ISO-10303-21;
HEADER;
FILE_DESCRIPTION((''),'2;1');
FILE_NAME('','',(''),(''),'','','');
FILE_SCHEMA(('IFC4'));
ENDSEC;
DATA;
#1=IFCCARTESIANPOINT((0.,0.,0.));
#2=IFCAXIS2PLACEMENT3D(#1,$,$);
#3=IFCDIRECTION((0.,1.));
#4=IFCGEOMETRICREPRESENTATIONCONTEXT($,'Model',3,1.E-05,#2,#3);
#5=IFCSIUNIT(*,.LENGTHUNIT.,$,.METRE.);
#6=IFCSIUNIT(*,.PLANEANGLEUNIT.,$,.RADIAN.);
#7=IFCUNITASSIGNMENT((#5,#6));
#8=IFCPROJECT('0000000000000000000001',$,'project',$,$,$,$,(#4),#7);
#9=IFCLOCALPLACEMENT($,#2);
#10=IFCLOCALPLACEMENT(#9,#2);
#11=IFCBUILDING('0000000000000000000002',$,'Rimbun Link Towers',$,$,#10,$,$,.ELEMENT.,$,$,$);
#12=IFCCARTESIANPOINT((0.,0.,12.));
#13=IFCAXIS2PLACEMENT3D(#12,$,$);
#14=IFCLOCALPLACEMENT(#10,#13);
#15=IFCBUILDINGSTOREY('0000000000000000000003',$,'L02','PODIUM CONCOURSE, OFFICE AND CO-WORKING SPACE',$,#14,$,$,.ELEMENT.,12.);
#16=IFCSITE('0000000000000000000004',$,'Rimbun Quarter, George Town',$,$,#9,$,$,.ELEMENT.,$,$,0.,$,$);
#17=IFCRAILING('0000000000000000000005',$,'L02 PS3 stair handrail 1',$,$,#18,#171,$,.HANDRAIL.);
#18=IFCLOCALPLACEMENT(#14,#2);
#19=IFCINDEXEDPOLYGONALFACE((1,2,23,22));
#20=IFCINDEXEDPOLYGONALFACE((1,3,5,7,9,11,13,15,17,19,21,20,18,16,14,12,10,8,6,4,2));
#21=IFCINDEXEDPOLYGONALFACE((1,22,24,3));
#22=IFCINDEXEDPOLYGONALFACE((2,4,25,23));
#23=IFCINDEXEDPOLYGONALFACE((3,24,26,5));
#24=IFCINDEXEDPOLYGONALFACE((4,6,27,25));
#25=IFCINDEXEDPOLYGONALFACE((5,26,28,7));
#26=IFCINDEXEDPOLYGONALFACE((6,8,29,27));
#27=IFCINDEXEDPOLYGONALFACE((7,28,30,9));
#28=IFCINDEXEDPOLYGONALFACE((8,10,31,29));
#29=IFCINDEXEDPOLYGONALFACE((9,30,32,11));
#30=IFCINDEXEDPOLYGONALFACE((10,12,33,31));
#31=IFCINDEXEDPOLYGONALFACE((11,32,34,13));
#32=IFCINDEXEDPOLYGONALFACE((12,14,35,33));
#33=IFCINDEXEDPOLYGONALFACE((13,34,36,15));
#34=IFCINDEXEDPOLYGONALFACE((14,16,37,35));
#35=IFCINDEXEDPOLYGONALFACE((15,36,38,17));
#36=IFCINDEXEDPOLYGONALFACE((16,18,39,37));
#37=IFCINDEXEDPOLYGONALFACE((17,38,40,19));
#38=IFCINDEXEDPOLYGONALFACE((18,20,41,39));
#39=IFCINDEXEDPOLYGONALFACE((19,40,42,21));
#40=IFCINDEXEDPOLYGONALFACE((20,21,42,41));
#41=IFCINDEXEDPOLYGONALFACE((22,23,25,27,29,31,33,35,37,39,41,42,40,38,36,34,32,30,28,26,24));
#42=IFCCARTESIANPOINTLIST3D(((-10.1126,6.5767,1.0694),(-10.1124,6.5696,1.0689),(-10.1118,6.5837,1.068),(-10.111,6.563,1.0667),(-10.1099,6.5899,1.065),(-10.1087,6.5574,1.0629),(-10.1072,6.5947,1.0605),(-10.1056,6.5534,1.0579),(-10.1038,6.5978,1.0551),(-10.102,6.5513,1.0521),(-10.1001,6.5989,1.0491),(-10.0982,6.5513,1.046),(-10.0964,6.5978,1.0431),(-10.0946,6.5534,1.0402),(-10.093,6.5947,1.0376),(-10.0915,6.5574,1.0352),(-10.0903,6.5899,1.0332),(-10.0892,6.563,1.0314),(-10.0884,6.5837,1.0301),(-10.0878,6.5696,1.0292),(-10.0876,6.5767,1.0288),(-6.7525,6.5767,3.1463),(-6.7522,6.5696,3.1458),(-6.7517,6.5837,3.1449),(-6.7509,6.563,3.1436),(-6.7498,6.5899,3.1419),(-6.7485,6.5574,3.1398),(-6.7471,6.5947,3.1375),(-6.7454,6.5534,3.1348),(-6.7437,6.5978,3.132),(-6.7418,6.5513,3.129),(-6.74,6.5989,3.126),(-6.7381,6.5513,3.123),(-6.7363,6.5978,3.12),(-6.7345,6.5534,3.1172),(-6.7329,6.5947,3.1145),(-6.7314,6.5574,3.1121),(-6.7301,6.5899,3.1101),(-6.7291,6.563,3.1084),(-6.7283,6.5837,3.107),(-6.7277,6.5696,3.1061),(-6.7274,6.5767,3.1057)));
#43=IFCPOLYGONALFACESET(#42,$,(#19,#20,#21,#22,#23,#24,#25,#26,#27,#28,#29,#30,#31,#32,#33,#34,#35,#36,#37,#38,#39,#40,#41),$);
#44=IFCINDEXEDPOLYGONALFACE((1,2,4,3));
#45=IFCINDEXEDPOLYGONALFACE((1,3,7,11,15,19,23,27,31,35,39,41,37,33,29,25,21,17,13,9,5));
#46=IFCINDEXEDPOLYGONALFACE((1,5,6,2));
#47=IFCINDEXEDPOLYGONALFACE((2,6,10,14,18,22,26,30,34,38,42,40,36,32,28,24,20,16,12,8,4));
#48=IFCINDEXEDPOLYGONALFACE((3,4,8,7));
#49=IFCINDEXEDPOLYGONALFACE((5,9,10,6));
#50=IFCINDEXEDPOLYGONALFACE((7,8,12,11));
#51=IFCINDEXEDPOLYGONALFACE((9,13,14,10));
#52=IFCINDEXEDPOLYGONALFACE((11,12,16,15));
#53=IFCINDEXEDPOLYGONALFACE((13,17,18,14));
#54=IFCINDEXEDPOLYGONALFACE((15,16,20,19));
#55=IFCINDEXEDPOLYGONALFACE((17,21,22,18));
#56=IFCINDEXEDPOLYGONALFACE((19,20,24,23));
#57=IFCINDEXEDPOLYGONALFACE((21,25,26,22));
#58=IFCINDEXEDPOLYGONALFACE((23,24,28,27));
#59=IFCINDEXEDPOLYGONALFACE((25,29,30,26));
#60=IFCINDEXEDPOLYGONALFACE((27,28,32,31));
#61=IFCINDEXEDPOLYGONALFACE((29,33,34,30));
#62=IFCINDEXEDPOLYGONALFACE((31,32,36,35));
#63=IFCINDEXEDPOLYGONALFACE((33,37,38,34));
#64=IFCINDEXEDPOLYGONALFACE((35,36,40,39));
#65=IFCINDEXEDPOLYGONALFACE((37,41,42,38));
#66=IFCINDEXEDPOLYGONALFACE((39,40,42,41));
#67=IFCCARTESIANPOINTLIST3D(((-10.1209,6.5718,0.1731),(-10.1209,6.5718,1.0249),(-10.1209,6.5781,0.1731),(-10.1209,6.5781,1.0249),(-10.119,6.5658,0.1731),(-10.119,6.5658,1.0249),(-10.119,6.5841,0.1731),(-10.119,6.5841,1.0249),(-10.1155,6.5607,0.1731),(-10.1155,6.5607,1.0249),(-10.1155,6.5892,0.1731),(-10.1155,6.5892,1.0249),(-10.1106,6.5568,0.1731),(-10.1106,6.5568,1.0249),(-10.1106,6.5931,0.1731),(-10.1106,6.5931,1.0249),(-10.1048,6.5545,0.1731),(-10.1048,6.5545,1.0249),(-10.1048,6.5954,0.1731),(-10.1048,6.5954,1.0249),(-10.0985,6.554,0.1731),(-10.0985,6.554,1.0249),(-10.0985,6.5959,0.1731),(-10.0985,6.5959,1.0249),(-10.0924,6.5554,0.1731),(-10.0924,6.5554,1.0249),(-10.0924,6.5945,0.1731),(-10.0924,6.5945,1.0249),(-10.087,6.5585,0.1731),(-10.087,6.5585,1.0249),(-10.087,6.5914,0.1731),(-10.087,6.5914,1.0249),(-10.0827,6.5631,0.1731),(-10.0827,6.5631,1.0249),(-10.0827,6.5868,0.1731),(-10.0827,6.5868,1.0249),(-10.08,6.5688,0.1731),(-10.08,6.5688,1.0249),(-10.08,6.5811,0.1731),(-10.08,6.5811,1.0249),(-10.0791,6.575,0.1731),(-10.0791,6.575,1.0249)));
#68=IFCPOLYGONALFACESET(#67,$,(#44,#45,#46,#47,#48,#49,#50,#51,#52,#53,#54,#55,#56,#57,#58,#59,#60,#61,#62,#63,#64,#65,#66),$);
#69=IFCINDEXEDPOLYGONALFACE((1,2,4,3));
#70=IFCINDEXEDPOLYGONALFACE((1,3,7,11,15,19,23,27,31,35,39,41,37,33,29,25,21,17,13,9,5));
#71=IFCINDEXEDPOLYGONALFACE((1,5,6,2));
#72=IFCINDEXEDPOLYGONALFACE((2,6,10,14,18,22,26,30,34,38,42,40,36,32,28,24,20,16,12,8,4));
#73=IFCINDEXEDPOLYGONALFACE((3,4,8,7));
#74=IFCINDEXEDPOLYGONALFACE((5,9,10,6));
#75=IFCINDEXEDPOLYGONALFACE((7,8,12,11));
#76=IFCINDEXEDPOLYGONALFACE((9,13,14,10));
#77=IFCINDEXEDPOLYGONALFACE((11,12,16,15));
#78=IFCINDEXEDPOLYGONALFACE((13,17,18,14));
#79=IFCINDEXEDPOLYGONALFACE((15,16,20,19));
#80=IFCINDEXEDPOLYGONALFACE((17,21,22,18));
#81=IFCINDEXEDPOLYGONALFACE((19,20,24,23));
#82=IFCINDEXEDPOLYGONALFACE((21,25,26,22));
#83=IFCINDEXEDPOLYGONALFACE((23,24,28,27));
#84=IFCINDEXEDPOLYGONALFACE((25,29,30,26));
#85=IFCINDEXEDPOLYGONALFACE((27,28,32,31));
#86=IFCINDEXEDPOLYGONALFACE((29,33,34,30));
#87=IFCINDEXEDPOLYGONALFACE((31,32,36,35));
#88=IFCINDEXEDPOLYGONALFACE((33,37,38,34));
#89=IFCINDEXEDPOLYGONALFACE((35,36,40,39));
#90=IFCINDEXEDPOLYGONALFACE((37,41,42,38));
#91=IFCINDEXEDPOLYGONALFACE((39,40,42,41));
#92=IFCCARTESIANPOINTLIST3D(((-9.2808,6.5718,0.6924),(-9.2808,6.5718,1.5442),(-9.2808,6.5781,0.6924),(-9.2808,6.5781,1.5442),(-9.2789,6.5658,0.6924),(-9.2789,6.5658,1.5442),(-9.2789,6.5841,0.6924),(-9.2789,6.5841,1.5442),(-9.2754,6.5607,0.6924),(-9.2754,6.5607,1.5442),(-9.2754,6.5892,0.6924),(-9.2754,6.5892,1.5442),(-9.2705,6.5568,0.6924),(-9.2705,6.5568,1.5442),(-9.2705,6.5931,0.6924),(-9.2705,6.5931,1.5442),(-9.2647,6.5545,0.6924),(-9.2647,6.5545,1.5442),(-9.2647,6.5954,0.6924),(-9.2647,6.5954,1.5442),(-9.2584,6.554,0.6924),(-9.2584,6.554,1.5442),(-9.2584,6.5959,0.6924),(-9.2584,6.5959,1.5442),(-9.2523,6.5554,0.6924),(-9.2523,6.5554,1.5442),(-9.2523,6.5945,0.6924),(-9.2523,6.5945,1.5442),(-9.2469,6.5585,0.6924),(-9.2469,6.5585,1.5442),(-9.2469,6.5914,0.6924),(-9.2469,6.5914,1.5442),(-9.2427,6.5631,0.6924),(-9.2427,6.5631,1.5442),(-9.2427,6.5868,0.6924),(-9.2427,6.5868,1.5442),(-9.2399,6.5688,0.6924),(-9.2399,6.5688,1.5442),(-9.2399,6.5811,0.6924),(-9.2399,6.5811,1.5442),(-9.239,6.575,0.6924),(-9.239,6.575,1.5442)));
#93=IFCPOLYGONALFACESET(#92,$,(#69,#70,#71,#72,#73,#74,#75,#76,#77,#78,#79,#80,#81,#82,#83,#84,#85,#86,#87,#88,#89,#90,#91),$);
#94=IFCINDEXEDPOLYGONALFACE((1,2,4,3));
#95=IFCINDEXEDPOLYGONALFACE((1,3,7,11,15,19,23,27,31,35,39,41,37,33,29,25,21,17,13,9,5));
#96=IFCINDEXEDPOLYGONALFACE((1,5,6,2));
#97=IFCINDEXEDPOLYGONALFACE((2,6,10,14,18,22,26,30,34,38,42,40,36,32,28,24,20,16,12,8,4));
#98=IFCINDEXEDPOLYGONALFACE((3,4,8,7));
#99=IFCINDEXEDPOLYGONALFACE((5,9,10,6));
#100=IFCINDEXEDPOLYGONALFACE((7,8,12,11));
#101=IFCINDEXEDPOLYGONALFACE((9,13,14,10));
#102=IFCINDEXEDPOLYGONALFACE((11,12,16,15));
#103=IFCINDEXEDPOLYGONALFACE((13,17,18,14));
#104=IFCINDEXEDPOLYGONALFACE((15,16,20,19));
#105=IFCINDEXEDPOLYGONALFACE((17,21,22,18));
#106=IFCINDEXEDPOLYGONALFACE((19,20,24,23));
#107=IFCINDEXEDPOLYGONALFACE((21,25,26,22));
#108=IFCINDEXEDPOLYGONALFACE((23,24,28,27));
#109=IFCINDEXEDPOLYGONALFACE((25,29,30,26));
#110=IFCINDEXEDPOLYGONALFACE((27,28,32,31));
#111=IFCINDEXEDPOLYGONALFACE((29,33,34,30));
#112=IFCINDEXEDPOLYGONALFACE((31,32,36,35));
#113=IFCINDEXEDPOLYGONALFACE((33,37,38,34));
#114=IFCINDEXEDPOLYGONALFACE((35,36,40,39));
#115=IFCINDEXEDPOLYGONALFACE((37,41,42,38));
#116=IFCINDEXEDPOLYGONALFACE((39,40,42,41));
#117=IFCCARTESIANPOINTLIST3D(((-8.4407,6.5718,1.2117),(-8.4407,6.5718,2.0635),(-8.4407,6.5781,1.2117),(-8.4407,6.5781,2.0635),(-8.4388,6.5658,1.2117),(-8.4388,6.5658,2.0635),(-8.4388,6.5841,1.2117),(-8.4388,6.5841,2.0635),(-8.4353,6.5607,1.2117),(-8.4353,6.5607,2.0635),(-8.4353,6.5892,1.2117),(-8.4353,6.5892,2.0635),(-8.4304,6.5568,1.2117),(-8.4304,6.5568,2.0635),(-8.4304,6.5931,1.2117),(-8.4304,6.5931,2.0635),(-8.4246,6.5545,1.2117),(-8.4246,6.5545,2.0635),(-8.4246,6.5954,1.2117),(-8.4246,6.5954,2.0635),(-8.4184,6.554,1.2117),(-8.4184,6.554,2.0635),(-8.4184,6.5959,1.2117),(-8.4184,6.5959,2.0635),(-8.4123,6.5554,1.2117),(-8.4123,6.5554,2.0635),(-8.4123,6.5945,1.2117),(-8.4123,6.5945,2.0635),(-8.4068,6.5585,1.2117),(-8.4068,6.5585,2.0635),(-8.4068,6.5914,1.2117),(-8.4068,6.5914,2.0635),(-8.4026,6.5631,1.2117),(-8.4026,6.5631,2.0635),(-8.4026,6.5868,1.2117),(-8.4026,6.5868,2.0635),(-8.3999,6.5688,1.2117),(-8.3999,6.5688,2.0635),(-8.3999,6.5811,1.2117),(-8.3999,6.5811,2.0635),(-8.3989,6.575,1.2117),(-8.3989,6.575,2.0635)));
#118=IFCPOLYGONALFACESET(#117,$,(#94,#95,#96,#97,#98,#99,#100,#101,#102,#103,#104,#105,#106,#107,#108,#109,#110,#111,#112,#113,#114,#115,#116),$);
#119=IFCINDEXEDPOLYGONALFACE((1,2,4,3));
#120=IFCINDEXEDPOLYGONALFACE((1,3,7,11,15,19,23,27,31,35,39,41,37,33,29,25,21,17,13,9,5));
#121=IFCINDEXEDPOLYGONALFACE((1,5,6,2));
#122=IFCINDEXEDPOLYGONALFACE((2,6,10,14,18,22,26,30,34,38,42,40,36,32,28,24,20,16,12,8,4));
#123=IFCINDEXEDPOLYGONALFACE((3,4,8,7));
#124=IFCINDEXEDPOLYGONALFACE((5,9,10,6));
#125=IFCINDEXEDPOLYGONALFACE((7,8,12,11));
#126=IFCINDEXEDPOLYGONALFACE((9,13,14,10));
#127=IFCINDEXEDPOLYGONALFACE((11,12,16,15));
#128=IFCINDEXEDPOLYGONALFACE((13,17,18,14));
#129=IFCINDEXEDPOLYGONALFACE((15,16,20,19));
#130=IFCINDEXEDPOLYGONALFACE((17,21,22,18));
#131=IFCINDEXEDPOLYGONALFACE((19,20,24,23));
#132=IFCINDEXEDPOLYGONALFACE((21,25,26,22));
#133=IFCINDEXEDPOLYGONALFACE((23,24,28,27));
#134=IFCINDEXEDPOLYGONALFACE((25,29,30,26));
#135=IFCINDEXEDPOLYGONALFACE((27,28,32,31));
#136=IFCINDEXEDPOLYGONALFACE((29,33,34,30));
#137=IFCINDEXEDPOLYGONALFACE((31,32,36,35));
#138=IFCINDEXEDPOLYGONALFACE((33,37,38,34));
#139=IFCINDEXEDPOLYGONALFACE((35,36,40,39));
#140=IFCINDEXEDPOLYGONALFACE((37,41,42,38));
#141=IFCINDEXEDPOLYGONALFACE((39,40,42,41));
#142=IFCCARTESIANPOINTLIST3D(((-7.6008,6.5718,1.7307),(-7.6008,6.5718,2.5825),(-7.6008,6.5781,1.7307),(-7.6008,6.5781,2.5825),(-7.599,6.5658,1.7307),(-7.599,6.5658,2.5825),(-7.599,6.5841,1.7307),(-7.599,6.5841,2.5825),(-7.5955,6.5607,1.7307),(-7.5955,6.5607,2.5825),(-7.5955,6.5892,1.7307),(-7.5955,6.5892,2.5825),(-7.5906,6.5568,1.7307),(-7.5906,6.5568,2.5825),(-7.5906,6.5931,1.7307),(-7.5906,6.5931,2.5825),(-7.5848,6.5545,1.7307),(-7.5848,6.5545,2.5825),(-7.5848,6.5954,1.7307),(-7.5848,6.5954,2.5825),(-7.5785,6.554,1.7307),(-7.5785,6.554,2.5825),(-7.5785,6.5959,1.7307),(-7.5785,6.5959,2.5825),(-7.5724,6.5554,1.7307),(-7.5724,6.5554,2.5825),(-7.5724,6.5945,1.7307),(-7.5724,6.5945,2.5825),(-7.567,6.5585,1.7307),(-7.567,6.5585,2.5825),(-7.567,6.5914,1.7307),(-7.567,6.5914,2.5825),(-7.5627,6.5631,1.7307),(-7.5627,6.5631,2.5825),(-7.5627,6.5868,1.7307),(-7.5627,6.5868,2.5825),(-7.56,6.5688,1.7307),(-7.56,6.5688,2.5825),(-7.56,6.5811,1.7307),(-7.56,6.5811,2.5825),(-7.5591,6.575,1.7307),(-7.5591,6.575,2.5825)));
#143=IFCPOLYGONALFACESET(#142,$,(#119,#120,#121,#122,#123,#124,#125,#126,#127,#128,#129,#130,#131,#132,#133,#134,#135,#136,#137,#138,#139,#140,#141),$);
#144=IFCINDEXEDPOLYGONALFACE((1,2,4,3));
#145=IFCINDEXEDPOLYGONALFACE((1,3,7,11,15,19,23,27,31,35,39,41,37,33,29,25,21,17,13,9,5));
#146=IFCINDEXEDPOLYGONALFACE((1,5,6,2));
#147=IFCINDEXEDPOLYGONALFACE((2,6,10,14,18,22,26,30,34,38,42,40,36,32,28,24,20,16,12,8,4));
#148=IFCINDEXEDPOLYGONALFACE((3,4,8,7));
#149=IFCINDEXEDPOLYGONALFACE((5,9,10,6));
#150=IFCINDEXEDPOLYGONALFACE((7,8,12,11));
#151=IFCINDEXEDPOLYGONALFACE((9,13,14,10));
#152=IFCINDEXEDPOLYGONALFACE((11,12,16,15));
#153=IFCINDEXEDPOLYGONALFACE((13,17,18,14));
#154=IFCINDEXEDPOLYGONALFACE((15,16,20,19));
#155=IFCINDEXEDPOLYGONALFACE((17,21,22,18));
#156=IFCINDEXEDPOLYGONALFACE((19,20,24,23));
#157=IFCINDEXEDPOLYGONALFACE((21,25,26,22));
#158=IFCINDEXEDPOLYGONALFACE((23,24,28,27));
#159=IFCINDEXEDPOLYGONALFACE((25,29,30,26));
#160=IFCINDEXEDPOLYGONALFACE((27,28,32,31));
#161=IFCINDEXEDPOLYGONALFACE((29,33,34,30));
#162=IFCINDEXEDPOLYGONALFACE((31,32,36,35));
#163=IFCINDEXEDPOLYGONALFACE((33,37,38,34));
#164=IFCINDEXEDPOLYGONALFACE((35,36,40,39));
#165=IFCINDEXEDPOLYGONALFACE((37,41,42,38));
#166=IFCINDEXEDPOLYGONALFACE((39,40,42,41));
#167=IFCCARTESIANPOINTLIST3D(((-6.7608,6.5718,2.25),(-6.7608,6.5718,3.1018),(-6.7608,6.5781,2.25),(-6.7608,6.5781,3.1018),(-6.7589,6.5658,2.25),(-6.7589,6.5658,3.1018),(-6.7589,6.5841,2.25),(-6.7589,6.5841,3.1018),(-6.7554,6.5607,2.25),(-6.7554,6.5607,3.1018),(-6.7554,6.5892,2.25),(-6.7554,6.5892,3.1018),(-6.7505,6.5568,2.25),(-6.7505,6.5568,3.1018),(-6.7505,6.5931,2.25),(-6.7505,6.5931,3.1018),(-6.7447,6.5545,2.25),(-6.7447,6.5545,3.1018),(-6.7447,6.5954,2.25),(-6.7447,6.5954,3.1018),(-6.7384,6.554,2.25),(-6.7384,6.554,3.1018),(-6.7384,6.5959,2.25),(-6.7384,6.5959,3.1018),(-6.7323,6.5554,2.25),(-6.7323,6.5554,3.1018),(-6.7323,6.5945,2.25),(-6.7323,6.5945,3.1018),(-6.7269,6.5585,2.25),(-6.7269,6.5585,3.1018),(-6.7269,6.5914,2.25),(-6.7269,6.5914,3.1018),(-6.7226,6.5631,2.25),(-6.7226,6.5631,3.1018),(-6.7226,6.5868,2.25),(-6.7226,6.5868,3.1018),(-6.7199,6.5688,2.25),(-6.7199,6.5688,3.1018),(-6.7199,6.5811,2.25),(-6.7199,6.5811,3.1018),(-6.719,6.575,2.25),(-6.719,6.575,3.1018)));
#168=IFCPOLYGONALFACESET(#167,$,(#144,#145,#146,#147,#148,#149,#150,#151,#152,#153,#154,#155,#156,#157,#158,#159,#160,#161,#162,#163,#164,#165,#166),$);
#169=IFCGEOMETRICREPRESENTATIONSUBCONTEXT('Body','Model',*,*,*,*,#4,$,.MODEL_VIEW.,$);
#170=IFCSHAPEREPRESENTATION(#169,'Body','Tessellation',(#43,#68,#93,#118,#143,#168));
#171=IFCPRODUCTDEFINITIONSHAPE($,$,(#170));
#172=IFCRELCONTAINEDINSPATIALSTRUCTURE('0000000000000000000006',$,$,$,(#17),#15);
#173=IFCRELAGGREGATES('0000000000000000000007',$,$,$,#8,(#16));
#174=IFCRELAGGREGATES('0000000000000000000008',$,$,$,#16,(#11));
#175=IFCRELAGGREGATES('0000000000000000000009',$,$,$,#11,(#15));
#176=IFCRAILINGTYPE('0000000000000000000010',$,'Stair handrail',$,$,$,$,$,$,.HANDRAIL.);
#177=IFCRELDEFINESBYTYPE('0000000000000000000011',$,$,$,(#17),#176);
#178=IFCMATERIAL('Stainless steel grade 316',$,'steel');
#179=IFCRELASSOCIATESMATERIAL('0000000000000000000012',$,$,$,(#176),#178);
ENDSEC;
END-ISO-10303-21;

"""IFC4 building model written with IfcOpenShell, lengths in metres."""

from ifc_helpers import new_model, si_unit, direction, frame, origin, origin_2d, place, context, subcontext, project, spatial, circle, extrude, material, type_object, element, save


model = new_model("IFC4")

# Units and contexts
model_context = context("Model", 3, precision=1e-05, world=origin(), true_north=direction((0.0, 1.0)))
body_context = subcontext(model_context, "Body", "Model", "MODEL_VIEW")
ifc_project = project(units=[si_unit("LENGTHUNIT", "METRE"), si_unit("PLANEANGLEUNIT", "RADIAN")], contexts=[model_context])

# Site, building, storey
site_placement = place(None, origin())
site = spatial("IfcSite", under=ifc_project, at=site_placement, Name="Rimbun Quarter, George Town", CompositionType="ELEMENT", RefElevation=0.0)
building_placement = place(site_placement, origin())
building = spatial("IfcBuilding", under=site, at=building_placement, Name="Rimbun Link Towers", CompositionType="ELEMENT")
storey_placement = place(building_placement, frame((0.0, 0.0, 12.0)))
storey = spatial("IfcBuildingStorey", under=building, at=storey_placement, Name="L02", Description="PODIUM CONCOURSE, OFFICE AND CO-WORKING SPACE", CompositionType="ELEMENT", Elevation=12.0)

# Railing
ifc_material_1 = material(Name="Stainless steel grade 316", Category="steel")
railing_type_1 = type_object("IfcRailingType", Name="Stair handrail", PredefinedType="HANDRAIL", material=ifc_material_1)
railing_1_placement = place(storey_placement, frame((-10.1001, 6.575, 0.1731)))
element("IfcRailing", 1, at=railing_1_placement, inside=storey, type_object=railing_type_1, Name="L02 PS3 stair handrail 1", PredefinedType="HANDRAIL", context=body_context, shape_type="SweptSolid", body=[
    extrude(circle(Radius=0.0239, at=origin_2d()), frame((0.0, 0.0, 0.876), z_axis=(0.850623, 0.0, 0.525776), x_axis=(0.0, 1.0, 0.0)), (0.0, 0.0, 1.0), 3.9502),
    extrude(circle(Radius=0.021, at=origin_2d()), origin(), (0.0, 0.0, 1.0), 0.8518),
    extrude(circle(Radius=0.021, at=origin_2d()), frame((0.8401, 0.0, 0.5193)), (0.0, 0.0, 1.0), 0.8518),
    extrude(circle(Radius=0.021, at=origin_2d()), frame((1.6802, 0.0, 1.0386)), (0.0, 0.0, 1.0), 0.8518),
    extrude(circle(Radius=0.021, at=origin_2d()), frame((2.52, 0.0, 1.5576)), (0.0, 0.0, 1.0), 0.8518),
    extrude(circle(Radius=0.021, at=origin_2d()), frame((3.3601, 0.0, 2.0769)), (0.0, 0.0, 1.0), 0.8518),
])

save(model, "model.ifc")
